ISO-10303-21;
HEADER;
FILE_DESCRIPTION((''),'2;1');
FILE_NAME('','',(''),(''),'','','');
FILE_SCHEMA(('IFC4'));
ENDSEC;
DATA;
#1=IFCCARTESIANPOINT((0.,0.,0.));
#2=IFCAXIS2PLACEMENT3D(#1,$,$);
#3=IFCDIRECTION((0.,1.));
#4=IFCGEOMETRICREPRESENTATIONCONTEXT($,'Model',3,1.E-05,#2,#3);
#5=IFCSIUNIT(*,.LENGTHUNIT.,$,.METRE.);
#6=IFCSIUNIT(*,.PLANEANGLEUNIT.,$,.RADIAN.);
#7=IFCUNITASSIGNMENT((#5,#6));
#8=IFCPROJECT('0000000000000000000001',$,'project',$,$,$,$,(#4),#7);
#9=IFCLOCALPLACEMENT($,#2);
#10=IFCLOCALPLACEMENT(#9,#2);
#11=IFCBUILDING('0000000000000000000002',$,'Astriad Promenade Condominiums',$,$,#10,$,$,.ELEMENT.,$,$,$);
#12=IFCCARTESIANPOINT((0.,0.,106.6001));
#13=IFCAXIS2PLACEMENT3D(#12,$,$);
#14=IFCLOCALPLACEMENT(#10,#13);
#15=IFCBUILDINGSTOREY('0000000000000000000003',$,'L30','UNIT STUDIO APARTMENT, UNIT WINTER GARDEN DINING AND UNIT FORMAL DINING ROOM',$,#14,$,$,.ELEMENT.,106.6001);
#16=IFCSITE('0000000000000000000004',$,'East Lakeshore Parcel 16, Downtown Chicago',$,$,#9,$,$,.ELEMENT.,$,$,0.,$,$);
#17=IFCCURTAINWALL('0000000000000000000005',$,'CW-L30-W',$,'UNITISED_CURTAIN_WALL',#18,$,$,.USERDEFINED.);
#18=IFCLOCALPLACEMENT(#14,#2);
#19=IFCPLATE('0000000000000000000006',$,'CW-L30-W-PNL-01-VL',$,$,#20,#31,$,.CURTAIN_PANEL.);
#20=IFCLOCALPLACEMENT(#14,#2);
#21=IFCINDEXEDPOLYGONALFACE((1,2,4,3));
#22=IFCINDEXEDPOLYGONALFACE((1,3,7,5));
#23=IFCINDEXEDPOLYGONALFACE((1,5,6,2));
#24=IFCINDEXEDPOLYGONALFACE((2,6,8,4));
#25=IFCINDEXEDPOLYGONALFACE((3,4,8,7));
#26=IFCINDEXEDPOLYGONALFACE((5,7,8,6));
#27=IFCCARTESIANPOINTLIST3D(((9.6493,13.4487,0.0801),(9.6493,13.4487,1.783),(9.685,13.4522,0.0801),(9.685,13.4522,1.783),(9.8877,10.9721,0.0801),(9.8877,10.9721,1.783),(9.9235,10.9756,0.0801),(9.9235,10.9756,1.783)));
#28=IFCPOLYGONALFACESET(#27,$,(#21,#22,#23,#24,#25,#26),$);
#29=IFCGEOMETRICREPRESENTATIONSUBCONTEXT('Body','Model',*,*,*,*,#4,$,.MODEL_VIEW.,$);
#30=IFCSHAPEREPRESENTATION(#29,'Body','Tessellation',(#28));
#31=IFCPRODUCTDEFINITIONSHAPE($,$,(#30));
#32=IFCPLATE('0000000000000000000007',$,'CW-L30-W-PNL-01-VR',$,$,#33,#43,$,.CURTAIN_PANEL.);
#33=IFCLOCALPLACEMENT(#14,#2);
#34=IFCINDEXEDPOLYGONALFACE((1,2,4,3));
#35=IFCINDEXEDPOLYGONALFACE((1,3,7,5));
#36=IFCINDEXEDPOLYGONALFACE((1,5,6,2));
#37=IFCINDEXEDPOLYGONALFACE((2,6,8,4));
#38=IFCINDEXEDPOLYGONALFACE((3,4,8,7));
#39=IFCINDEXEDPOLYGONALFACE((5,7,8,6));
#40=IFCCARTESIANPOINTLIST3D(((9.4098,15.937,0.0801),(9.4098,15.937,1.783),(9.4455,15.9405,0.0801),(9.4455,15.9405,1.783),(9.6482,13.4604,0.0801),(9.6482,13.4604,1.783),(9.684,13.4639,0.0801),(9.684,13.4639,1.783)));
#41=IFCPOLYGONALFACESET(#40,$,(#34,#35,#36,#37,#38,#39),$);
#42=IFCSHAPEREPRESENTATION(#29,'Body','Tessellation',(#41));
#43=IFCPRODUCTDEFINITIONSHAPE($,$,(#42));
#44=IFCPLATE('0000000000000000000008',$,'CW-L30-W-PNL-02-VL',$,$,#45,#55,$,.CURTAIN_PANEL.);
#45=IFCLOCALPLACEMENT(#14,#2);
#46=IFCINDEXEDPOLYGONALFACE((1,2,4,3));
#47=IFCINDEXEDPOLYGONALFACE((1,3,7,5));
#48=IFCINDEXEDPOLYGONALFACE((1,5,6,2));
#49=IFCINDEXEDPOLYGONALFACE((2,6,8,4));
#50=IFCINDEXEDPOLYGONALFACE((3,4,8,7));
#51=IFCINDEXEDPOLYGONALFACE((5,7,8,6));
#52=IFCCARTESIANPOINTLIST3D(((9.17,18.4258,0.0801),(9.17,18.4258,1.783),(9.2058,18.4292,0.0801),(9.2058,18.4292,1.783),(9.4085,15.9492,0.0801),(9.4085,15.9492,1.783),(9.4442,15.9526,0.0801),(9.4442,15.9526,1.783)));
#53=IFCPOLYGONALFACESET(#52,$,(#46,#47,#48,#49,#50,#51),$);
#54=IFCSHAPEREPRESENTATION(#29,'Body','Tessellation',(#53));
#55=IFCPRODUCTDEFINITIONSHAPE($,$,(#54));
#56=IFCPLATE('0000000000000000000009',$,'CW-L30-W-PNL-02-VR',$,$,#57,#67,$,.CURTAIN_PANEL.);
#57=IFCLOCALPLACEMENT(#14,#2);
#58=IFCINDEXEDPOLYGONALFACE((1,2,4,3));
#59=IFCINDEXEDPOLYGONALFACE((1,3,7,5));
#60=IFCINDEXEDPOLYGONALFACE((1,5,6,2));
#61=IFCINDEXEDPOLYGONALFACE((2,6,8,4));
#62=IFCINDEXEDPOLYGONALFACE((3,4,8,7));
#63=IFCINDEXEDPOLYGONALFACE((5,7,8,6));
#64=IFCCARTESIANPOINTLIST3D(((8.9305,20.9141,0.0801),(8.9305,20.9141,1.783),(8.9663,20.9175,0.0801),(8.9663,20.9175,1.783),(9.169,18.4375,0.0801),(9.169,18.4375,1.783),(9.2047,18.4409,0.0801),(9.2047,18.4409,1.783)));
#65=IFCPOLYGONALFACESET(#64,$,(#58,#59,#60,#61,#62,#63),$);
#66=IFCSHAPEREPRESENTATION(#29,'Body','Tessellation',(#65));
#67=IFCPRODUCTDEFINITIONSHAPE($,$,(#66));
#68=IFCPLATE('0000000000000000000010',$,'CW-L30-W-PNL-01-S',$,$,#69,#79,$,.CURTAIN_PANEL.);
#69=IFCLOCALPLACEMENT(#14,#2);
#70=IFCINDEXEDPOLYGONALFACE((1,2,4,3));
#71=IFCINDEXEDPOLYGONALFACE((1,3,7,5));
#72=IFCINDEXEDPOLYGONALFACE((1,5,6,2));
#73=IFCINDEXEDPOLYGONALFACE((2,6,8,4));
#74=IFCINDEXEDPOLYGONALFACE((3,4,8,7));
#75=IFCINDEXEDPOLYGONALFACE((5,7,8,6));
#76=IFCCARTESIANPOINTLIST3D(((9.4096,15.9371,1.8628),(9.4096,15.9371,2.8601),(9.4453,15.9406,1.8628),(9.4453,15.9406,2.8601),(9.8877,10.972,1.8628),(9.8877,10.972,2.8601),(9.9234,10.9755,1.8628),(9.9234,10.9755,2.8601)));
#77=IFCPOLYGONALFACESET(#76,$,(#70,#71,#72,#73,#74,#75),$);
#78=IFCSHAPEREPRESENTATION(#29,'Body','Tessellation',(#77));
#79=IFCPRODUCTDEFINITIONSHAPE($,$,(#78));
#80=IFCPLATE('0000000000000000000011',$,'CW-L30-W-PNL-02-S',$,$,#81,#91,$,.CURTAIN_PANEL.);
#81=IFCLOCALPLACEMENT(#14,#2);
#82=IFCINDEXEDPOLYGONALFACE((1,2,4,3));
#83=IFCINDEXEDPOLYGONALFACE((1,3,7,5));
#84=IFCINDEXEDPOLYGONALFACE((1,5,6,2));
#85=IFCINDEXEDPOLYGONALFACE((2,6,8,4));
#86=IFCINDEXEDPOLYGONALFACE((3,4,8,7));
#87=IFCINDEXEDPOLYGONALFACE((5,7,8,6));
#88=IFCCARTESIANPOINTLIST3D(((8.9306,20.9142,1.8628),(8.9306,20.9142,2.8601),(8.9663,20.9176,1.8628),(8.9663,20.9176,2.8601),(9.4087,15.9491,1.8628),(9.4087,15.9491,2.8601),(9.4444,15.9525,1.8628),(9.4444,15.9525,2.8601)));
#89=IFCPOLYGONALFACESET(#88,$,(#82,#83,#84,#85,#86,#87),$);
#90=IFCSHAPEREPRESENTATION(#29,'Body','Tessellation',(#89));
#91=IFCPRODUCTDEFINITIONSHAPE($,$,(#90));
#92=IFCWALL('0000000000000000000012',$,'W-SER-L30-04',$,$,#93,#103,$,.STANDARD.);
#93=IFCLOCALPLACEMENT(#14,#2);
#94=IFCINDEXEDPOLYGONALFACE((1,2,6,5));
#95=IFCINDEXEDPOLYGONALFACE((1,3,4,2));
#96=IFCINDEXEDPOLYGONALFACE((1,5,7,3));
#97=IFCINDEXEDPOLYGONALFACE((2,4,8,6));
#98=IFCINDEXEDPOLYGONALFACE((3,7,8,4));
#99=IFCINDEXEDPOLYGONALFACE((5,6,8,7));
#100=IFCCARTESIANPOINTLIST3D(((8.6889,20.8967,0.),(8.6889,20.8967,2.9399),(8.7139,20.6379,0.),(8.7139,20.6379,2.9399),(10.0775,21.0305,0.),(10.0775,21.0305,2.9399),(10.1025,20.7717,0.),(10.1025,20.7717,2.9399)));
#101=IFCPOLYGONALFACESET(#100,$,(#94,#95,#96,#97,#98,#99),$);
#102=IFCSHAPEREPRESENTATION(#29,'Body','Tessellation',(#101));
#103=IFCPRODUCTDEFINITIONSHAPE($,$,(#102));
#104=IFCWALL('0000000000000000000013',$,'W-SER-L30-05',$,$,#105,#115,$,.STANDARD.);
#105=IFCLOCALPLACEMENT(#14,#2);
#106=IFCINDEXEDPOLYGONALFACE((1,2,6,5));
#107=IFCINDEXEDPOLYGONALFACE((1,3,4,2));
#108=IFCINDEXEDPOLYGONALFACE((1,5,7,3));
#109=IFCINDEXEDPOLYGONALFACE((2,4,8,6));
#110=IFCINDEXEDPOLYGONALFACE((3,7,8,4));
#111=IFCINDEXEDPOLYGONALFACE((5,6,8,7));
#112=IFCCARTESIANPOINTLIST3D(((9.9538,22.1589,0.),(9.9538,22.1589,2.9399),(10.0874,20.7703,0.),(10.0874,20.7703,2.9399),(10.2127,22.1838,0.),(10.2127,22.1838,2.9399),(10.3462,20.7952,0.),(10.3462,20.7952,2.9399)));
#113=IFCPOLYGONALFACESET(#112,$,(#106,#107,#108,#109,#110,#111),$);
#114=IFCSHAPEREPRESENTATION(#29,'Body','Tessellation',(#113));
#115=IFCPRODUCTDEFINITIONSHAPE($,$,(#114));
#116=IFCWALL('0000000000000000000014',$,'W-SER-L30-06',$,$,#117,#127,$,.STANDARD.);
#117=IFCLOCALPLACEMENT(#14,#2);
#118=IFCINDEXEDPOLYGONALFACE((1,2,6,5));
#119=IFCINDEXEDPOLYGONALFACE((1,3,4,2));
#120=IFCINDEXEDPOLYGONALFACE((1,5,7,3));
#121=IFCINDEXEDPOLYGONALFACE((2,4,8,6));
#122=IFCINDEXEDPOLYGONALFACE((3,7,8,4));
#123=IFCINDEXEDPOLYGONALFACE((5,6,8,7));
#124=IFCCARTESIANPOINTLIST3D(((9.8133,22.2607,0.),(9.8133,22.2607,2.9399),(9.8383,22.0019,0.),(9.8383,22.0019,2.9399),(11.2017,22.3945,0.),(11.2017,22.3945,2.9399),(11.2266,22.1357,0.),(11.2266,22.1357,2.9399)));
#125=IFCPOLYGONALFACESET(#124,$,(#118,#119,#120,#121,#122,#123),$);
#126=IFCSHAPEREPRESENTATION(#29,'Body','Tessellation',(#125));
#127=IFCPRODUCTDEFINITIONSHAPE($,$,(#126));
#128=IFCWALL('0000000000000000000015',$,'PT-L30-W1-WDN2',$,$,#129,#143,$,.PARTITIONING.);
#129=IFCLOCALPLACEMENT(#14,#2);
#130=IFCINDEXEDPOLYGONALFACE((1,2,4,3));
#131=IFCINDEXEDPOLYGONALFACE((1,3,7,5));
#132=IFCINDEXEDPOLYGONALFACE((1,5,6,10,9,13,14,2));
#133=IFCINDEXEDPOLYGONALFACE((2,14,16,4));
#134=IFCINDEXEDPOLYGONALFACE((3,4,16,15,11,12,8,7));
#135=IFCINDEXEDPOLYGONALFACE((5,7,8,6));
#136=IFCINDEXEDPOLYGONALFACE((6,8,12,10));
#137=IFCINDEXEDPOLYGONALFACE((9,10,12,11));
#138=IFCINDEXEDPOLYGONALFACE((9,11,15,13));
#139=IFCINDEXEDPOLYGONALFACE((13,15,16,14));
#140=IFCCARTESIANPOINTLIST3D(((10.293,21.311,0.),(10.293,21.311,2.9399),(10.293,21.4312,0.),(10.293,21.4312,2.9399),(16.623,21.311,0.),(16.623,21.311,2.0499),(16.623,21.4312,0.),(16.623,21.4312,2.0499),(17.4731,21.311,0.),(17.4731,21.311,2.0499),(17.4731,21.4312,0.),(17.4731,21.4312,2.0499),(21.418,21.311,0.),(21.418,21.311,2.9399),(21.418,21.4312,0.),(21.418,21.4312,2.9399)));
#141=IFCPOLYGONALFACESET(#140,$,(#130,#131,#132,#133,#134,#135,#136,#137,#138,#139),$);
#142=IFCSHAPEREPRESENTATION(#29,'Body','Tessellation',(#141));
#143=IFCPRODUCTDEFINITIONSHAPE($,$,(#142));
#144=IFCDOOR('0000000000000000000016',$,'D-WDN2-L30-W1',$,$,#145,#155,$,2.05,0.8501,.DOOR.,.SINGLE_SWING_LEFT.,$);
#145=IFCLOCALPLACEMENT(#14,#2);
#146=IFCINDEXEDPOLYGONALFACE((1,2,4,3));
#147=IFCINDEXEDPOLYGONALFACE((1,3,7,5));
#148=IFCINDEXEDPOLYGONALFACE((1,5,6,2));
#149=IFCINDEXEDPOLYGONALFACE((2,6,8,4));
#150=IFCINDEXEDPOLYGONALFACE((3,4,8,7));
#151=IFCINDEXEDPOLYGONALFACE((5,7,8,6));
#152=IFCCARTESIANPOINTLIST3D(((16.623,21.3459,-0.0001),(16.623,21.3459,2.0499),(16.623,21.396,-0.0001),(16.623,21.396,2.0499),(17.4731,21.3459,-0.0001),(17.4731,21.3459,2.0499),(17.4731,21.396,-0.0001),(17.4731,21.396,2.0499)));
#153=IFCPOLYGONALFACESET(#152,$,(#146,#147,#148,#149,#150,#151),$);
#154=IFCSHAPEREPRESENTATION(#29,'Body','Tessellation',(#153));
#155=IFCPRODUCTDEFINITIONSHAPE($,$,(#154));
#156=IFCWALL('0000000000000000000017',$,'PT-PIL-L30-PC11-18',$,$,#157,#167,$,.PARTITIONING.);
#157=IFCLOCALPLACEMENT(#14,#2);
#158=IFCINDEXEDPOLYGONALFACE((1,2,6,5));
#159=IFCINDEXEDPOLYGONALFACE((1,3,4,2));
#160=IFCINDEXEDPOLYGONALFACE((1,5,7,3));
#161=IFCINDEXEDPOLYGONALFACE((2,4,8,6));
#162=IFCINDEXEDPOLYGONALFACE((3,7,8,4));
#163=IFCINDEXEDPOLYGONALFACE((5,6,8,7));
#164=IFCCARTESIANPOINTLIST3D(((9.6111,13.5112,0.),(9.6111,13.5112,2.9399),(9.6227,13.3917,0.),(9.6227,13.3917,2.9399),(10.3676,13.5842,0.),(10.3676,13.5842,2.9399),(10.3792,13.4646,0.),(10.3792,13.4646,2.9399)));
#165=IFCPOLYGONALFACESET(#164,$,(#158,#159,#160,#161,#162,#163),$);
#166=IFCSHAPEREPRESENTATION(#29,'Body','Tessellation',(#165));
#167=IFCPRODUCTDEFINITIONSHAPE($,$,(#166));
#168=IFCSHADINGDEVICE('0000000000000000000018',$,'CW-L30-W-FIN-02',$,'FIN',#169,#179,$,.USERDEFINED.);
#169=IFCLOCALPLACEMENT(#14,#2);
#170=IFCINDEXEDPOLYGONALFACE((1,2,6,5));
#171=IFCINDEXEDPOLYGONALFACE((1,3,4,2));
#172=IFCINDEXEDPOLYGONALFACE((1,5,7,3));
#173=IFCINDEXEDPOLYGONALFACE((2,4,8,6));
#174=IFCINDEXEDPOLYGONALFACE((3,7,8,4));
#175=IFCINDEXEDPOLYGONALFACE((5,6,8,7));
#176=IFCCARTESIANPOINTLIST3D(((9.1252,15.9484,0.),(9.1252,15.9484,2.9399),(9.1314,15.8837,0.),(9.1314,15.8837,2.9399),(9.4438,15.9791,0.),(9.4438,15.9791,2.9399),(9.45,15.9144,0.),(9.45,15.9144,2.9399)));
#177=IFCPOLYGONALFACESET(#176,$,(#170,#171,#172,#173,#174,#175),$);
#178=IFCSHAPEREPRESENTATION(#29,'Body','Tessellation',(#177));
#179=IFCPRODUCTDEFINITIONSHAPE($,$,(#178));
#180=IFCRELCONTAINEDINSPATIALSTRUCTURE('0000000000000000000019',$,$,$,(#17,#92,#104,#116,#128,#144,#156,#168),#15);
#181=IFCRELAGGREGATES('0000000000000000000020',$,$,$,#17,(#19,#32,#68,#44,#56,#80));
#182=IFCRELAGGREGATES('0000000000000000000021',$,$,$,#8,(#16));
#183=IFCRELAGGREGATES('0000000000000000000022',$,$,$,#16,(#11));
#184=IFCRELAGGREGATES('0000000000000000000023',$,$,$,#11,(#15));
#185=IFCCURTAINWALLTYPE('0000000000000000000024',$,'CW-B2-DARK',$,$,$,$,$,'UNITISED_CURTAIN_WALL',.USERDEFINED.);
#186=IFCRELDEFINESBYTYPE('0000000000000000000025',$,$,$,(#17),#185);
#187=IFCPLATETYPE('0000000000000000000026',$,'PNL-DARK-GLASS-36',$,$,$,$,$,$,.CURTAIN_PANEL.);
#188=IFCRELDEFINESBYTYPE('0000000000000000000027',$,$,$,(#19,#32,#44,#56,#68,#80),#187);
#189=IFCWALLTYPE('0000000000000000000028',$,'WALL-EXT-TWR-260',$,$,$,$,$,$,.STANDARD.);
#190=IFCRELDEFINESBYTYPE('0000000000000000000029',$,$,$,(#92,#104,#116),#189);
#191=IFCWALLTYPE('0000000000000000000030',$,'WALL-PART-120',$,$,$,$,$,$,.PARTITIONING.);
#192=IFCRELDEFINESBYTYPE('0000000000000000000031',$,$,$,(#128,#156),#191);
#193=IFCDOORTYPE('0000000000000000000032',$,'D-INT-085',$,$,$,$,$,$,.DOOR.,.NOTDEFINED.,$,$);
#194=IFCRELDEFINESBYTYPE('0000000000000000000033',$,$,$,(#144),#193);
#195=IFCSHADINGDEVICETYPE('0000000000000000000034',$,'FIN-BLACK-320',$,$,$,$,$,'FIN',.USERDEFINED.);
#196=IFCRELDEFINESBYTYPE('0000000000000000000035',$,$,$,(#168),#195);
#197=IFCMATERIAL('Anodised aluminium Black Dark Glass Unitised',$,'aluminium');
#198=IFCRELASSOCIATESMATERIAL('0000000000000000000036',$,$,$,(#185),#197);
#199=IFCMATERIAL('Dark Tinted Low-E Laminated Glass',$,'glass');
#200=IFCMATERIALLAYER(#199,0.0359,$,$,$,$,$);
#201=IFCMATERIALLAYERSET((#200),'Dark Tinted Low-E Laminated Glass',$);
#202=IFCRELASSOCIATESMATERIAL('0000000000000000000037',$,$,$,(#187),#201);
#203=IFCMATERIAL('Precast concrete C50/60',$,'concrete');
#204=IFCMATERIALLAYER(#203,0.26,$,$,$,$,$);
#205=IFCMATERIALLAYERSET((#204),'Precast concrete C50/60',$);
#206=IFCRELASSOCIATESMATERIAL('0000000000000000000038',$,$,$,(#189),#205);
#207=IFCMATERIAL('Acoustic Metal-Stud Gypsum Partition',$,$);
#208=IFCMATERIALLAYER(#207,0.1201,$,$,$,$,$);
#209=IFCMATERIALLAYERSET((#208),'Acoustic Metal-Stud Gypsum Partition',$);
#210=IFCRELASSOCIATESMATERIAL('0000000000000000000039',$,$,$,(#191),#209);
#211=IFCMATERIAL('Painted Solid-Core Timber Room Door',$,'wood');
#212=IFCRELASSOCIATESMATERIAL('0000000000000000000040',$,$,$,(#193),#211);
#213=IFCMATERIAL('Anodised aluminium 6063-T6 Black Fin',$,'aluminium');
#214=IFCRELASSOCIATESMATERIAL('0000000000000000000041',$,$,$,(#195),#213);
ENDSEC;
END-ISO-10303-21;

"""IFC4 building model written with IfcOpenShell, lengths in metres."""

from ifc_helpers import new_model, si_unit, direction, frame, frame_2d, origin, origin_2d, place, context, subcontext, project, spatial, rectangle, extrude, source, transform, mapped, material, layer, layer_set, type_object, type_shapes, element, fill, aggregate, save


model = new_model("IFC4")

# Units and contexts
model_context = context("Model", 3, precision=1e-05, world=origin(), true_north=direction((0.0, 1.0)))
body_context = subcontext(model_context, "Body", "Model", "MODEL_VIEW")
ifc_project = project(units=[si_unit("LENGTHUNIT", "METRE"), si_unit("PLANEANGLEUNIT", "RADIAN")], contexts=[model_context])

# Site, building, storey
site_placement = place(None, origin())
site = spatial("IfcSite", under=ifc_project, at=site_placement, Name="East Lakeshore Parcel 16, Downtown Chicago", CompositionType="ELEMENT", RefElevation=0.0)
building_placement = place(site_placement, origin())
building = spatial("IfcBuilding", under=site, at=building_placement, Name="Astriad Promenade Condominiums", CompositionType="ELEMENT")
storey_placement = place(building_placement, frame((0.0, 0.0, 106.6001)))
storey = spatial("IfcBuildingStorey", under=building, at=storey_placement, Name="L30", Description="UNIT STUDIO APARTMENT, UNIT WINTER GARDEN DINING AND UNIT FORMAL DINING ROOM", CompositionType="ELEMENT", Elevation=106.6001)

# Curtain wall, plates
ifc_material_1 = material(Name="Anodised aluminium Black Dark Glass Unitised", Category="aluminium")
curtain_wall_type = type_object("IfcCurtainWallType", Name="CW-B2-DARK", ElementType="UNITISED_CURTAIN_WALL", PredefinedType="USERDEFINED", material=ifc_material_1)
curtain_wall_placement = place(storey_placement, origin())
curtain_wall = element("IfcCurtainWall", 1, at=curtain_wall_placement, inside=storey, type_object=curtain_wall_type, Name="CW-L30-W", ObjectType="UNITISED_CURTAIN_WALL", PredefinedType="USERDEFINED")
ifc_material_2 = material(Name="Dark Tinted Low-E Laminated Glass", Category="glass")
ifc_layer_1 = layer(ifc_material_2, 0.0359)
ifc_layer_set_1 = layer_set([ifc_layer_1], Name="Dark Tinted Low-E Laminated Glass")
plate_type = type_object("IfcPlateType", Name="PNL-DARK-GLASS-36", PredefinedType="CURTAIN_PANEL", material=ifc_layer_set_1)
shared_shape_1 = source(origin(), body_context, "Body", "SweptSolid", [
    extrude(rectangle(XDim=2.488, YDim=0.0359, at=origin_2d()), origin(), (0.0, 0.0, 1.0), 1.7029),
])
plate_1_placement = place(storey_placement, frame((9.7864, 12.2122, 0.0801), z_axis=(0.0, 0.0, 1.0), x_axis=(-0.095846, 0.995396, 0.0)))
plate_1 = element("IfcPlate", 2, at=plate_1_placement, type_object=plate_type, Name="CW-L30-W-PNL-01-VL", PredefinedType="CURTAIN_PANEL", context=body_context, shape_type="MappedRepresentation", body=[
    mapped(shared_shape_1, transform((0.0, 0.0, 0.0), scale=1.0)),
])
plate_2_placement = place(storey_placement, frame((9.5469, 14.7004, 0.0801), z_axis=(0.0, 0.0, 1.0), x_axis=(-0.095846, 0.995396, 0.0)))
plate_2 = element("IfcPlate", 3, at=plate_2_placement, type_object=plate_type, Name="CW-L30-W-PNL-01-VR", PredefinedType="CURTAIN_PANEL", context=body_context, shape_type="MappedRepresentation", body=[
    mapped(shared_shape_1, transform((0.0, 0.0, 0.0), scale=1.0)),
])
plate_3_placement = place(storey_placement, frame((9.3071, 17.1892, 0.0801), z_axis=(0.0, 0.0, 1.0), x_axis=(-0.095846, 0.995396, 0.0)))
plate_3 = element("IfcPlate", 4, at=plate_3_placement, type_object=plate_type, Name="CW-L30-W-PNL-02-VL", PredefinedType="CURTAIN_PANEL", context=body_context, shape_type="MappedRepresentation", body=[
    mapped(shared_shape_1, transform((0.0, 0.0, 0.0), scale=1.0)),
])
plate_4_placement = place(storey_placement, frame((9.0676, 19.6775, 0.0801), z_axis=(0.0, 0.0, 1.0), x_axis=(-0.095846, 0.995396, 0.0)))
plate_4 = element("IfcPlate", 5, at=plate_4_placement, type_object=plate_type, Name="CW-L30-W-PNL-02-VR", PredefinedType="CURTAIN_PANEL", context=body_context, shape_type="MappedRepresentation", body=[
    mapped(shared_shape_1, transform((0.0, 0.0, 0.0), scale=1.0)),
])
shared_shape_2 = source(origin(), body_context, "Body", "SweptSolid", [
    extrude(rectangle(XDim=4.988, YDim=0.0359, at=origin_2d()), origin(), (0.0, 0.0, 1.0), 0.9973),
])
type_shapes(plate_type, [shared_shape_1, shared_shape_2])
plate_5_placement = place(storey_placement, frame((9.6665, 13.4563, 1.8628), z_axis=(0.0, 0.0, 1.0), x_axis=(-0.095846, 0.995396, 0.0)))
plate_5 = element("IfcPlate", 6, at=plate_5_placement, type_object=plate_type, Name="CW-L30-W-PNL-01-S", PredefinedType="CURTAIN_PANEL", context=body_context, shape_type="MappedRepresentation", body=[
    mapped(shared_shape_2, transform((0.0, 0.0, 0.0), scale=1.0)),
])
plate_6_placement = place(storey_placement, frame((9.1875, 18.4333, 1.8628), z_axis=(0.0, 0.0, 1.0), x_axis=(-0.095846, 0.995396, 0.0)))
plate_6 = element("IfcPlate", 7, at=plate_6_placement, type_object=plate_type, Name="CW-L30-W-PNL-02-S", PredefinedType="CURTAIN_PANEL", context=body_context, shape_type="MappedRepresentation", body=[
    mapped(shared_shape_2, transform((0.0, 0.0, 0.0), scale=1.0)),
])
aggregate(curtain_wall, [plate_1, plate_2, plate_5, plate_3, plate_4, plate_6])

# Walls
ifc_material_3 = material(Name="Precast concrete C50/60", Category="concrete")
ifc_layer_2 = layer(ifc_material_3, 0.26)
ifc_layer_set_2 = layer_set([ifc_layer_2], Name="Precast concrete C50/60")
wall_type_1 = type_object("IfcWallType", Name="WALL-EXT-TWR-260", PredefinedType="STANDARD", material=ifc_layer_set_2)
for number, where, z_axis, x_axis, name in (
    (8, (8.7014, 20.7673, 0.0), (0.0, 0.0, 1.0), (0.995391, 0.095899, 0.0), "W-SER-L30-04"),
    (9, (10.2168, 20.7827, 0.0), (0.0, 0.0, 1.0), (-0.095726, 0.995408, 0.0), "W-SER-L30-05"),
):
    element("IfcWall", number, at=place(storey_placement, frame(where, z_axis=z_axis, x_axis=x_axis)), inside=storey, type_object=wall_type_1, Name=name, PredefinedType="STANDARD", context=body_context, shape_type="SweptSolid", body=[
        extrude(rectangle(XDim=1.395, YDim=0.26, at=frame_2d((0.6975, 0.0))), origin(), (0.0, 0.0, 1.0), 2.9399),
    ])
wall_1_placement = place(storey_placement, frame((9.8259, 22.1313, 0.0), z_axis=(0.0, 0.0, 1.0), x_axis=(0.995389, 0.095916, 0.0)))
element("IfcWall", 10, at=wall_1_placement, inside=storey, type_object=wall_type_1, Name="W-SER-L30-06", PredefinedType="STANDARD", context=body_context, shape_type="SweptSolid", body=[
    extrude(rectangle(XDim=1.3948, YDim=0.26, at=frame_2d((0.6973, 0.0))), origin(), (0.0, 0.0, 1.0), 2.9399),
])

# Wall, opening, door
ifc_material_4 = material(Name="Acoustic Metal-Stud Gypsum Partition")
ifc_layer_3 = layer(ifc_material_4, 0.1201)
ifc_layer_set_3 = layer_set([ifc_layer_3], Name="Acoustic Metal-Stud Gypsum Partition")
wall_type_2 = type_object("IfcWallType", Name="WALL-PART-120", PredefinedType="PARTITIONING", material=ifc_layer_set_3)
wall_2_placement = place(storey_placement, frame((10.293, 21.3711, 0.0), z_axis=(0.0, 0.0, 1.0), x_axis=(1.0, 0.0, 0.0)))
wall_2 = element("IfcWall", 11, at=wall_2_placement, inside=storey, type_object=wall_type_2, Name="PT-L30-W1-WDN2", PredefinedType="PARTITIONING", context=body_context, shape_type="SweptSolid", body=[
    extrude(rectangle(XDim=11.125, YDim=0.1201, at=frame_2d((5.5625, 0.0))), origin(), (0.0, 0.0, 1.0), 2.9399),
])
opening_placement = place(wall_2_placement, frame((6.3301, 0.0, 0.0)))
opening = element("IfcOpeningElement", 12, at=opening_placement, cuts=wall_2, PredefinedType="OPENING", context=body_context, shape_type="SweptSolid", body=[
    extrude(rectangle(XDim=0.8501, YDim=2.05, at=frame_2d((0.425, 1.0249))), frame((0.0, 0.0701, 0.0), z_axis=(0.0, -1.0, 0.0), x_axis=(1.0, 0.0, 0.0)), (0.0, 0.0, 1.0), 0.1401),
])
ifc_material_5 = material(Name="Painted Solid-Core Timber Room Door", Category="wood")
door_type = type_object("IfcDoorType", Name="D-INT-085", OperationType="NOTDEFINED", PredefinedType="DOOR", material=ifc_material_5)
shared_shape_3 = source(origin(), body_context, "Body", "SweptSolid", [
    extrude(rectangle(XDim=0.8501, YDim=2.05, at=frame_2d((0.425, 1.0249))), frame((0.0, 0.0249, 0.0), z_axis=(0.0, -1.0, 0.0), x_axis=(1.0, 0.0, 0.0)), (0.0, 0.0, 1.0), 0.05),
])
type_shapes(door_type, [shared_shape_3])
door_placement = place(opening_placement, origin())
door = element("IfcDoor", 13, at=door_placement, inside=storey, type_object=door_type, Name="D-WDN2-L30-W1", OperationType="SINGLE_SWING_LEFT", OverallHeight=2.05, OverallWidth=0.8501, PredefinedType="DOOR", context=body_context, shape_type="MappedRepresentation", body=[
    mapped(shared_shape_3, transform((0.0, 0.0, 0.0), scale=1.0)),
])
fill(opening, door)

# Wall
wall_3_placement = place(storey_placement, frame((10.3733, 13.5244, 0.0), z_axis=(0.0, 0.0, 1.0), x_axis=(-0.995378, -0.096037, 0.0)))
element("IfcWall", 14, at=wall_3_placement, inside=storey, type_object=wall_type_2, Name="PT-PIL-L30-PC11-18", PredefinedType="PARTITIONING", context=body_context, shape_type="SweptSolid", body=[
    extrude(rectangle(XDim=0.76, YDim=0.1201, at=frame_2d((0.3799, 0.0))), origin(), (0.0, 0.0, 1.0), 2.9399),
])

# Shading device
ifc_material_6 = material(Name="Anodised aluminium 6063-T6 Black Fin", Category="aluminium")
shading_device_type = type_object("IfcShadingDeviceType", Name="FIN-BLACK-320", ElementType="FIN", PredefinedType="USERDEFINED", material=ifc_material_6)
shared_shape_4 = source(origin(), body_context, "Body", "SweptSolid", [
    extrude(rectangle(XDim=0.0649, YDim=0.3201, at=origin_2d()), origin(), (0.0, 0.0, 1.0), 2.9399),
])
type_shapes(shading_device_type, [shared_shape_4])
shading_device_placement = place(storey_placement, frame((9.2876, 15.9314, 0.0), z_axis=(0.0, 0.0, 1.0), x_axis=(-0.095846, 0.995396, 0.0)))
element("IfcShadingDevice", 15, at=shading_device_placement, inside=storey, type_object=shading_device_type, Name="CW-L30-W-FIN-02", ObjectType="FIN", PredefinedType="USERDEFINED", context=body_context, shape_type="MappedRepresentation", body=[
    mapped(shared_shape_4, transform((0.0, 0.0, 0.0), scale=1.0)),
])

save(model, "model.ifc")
